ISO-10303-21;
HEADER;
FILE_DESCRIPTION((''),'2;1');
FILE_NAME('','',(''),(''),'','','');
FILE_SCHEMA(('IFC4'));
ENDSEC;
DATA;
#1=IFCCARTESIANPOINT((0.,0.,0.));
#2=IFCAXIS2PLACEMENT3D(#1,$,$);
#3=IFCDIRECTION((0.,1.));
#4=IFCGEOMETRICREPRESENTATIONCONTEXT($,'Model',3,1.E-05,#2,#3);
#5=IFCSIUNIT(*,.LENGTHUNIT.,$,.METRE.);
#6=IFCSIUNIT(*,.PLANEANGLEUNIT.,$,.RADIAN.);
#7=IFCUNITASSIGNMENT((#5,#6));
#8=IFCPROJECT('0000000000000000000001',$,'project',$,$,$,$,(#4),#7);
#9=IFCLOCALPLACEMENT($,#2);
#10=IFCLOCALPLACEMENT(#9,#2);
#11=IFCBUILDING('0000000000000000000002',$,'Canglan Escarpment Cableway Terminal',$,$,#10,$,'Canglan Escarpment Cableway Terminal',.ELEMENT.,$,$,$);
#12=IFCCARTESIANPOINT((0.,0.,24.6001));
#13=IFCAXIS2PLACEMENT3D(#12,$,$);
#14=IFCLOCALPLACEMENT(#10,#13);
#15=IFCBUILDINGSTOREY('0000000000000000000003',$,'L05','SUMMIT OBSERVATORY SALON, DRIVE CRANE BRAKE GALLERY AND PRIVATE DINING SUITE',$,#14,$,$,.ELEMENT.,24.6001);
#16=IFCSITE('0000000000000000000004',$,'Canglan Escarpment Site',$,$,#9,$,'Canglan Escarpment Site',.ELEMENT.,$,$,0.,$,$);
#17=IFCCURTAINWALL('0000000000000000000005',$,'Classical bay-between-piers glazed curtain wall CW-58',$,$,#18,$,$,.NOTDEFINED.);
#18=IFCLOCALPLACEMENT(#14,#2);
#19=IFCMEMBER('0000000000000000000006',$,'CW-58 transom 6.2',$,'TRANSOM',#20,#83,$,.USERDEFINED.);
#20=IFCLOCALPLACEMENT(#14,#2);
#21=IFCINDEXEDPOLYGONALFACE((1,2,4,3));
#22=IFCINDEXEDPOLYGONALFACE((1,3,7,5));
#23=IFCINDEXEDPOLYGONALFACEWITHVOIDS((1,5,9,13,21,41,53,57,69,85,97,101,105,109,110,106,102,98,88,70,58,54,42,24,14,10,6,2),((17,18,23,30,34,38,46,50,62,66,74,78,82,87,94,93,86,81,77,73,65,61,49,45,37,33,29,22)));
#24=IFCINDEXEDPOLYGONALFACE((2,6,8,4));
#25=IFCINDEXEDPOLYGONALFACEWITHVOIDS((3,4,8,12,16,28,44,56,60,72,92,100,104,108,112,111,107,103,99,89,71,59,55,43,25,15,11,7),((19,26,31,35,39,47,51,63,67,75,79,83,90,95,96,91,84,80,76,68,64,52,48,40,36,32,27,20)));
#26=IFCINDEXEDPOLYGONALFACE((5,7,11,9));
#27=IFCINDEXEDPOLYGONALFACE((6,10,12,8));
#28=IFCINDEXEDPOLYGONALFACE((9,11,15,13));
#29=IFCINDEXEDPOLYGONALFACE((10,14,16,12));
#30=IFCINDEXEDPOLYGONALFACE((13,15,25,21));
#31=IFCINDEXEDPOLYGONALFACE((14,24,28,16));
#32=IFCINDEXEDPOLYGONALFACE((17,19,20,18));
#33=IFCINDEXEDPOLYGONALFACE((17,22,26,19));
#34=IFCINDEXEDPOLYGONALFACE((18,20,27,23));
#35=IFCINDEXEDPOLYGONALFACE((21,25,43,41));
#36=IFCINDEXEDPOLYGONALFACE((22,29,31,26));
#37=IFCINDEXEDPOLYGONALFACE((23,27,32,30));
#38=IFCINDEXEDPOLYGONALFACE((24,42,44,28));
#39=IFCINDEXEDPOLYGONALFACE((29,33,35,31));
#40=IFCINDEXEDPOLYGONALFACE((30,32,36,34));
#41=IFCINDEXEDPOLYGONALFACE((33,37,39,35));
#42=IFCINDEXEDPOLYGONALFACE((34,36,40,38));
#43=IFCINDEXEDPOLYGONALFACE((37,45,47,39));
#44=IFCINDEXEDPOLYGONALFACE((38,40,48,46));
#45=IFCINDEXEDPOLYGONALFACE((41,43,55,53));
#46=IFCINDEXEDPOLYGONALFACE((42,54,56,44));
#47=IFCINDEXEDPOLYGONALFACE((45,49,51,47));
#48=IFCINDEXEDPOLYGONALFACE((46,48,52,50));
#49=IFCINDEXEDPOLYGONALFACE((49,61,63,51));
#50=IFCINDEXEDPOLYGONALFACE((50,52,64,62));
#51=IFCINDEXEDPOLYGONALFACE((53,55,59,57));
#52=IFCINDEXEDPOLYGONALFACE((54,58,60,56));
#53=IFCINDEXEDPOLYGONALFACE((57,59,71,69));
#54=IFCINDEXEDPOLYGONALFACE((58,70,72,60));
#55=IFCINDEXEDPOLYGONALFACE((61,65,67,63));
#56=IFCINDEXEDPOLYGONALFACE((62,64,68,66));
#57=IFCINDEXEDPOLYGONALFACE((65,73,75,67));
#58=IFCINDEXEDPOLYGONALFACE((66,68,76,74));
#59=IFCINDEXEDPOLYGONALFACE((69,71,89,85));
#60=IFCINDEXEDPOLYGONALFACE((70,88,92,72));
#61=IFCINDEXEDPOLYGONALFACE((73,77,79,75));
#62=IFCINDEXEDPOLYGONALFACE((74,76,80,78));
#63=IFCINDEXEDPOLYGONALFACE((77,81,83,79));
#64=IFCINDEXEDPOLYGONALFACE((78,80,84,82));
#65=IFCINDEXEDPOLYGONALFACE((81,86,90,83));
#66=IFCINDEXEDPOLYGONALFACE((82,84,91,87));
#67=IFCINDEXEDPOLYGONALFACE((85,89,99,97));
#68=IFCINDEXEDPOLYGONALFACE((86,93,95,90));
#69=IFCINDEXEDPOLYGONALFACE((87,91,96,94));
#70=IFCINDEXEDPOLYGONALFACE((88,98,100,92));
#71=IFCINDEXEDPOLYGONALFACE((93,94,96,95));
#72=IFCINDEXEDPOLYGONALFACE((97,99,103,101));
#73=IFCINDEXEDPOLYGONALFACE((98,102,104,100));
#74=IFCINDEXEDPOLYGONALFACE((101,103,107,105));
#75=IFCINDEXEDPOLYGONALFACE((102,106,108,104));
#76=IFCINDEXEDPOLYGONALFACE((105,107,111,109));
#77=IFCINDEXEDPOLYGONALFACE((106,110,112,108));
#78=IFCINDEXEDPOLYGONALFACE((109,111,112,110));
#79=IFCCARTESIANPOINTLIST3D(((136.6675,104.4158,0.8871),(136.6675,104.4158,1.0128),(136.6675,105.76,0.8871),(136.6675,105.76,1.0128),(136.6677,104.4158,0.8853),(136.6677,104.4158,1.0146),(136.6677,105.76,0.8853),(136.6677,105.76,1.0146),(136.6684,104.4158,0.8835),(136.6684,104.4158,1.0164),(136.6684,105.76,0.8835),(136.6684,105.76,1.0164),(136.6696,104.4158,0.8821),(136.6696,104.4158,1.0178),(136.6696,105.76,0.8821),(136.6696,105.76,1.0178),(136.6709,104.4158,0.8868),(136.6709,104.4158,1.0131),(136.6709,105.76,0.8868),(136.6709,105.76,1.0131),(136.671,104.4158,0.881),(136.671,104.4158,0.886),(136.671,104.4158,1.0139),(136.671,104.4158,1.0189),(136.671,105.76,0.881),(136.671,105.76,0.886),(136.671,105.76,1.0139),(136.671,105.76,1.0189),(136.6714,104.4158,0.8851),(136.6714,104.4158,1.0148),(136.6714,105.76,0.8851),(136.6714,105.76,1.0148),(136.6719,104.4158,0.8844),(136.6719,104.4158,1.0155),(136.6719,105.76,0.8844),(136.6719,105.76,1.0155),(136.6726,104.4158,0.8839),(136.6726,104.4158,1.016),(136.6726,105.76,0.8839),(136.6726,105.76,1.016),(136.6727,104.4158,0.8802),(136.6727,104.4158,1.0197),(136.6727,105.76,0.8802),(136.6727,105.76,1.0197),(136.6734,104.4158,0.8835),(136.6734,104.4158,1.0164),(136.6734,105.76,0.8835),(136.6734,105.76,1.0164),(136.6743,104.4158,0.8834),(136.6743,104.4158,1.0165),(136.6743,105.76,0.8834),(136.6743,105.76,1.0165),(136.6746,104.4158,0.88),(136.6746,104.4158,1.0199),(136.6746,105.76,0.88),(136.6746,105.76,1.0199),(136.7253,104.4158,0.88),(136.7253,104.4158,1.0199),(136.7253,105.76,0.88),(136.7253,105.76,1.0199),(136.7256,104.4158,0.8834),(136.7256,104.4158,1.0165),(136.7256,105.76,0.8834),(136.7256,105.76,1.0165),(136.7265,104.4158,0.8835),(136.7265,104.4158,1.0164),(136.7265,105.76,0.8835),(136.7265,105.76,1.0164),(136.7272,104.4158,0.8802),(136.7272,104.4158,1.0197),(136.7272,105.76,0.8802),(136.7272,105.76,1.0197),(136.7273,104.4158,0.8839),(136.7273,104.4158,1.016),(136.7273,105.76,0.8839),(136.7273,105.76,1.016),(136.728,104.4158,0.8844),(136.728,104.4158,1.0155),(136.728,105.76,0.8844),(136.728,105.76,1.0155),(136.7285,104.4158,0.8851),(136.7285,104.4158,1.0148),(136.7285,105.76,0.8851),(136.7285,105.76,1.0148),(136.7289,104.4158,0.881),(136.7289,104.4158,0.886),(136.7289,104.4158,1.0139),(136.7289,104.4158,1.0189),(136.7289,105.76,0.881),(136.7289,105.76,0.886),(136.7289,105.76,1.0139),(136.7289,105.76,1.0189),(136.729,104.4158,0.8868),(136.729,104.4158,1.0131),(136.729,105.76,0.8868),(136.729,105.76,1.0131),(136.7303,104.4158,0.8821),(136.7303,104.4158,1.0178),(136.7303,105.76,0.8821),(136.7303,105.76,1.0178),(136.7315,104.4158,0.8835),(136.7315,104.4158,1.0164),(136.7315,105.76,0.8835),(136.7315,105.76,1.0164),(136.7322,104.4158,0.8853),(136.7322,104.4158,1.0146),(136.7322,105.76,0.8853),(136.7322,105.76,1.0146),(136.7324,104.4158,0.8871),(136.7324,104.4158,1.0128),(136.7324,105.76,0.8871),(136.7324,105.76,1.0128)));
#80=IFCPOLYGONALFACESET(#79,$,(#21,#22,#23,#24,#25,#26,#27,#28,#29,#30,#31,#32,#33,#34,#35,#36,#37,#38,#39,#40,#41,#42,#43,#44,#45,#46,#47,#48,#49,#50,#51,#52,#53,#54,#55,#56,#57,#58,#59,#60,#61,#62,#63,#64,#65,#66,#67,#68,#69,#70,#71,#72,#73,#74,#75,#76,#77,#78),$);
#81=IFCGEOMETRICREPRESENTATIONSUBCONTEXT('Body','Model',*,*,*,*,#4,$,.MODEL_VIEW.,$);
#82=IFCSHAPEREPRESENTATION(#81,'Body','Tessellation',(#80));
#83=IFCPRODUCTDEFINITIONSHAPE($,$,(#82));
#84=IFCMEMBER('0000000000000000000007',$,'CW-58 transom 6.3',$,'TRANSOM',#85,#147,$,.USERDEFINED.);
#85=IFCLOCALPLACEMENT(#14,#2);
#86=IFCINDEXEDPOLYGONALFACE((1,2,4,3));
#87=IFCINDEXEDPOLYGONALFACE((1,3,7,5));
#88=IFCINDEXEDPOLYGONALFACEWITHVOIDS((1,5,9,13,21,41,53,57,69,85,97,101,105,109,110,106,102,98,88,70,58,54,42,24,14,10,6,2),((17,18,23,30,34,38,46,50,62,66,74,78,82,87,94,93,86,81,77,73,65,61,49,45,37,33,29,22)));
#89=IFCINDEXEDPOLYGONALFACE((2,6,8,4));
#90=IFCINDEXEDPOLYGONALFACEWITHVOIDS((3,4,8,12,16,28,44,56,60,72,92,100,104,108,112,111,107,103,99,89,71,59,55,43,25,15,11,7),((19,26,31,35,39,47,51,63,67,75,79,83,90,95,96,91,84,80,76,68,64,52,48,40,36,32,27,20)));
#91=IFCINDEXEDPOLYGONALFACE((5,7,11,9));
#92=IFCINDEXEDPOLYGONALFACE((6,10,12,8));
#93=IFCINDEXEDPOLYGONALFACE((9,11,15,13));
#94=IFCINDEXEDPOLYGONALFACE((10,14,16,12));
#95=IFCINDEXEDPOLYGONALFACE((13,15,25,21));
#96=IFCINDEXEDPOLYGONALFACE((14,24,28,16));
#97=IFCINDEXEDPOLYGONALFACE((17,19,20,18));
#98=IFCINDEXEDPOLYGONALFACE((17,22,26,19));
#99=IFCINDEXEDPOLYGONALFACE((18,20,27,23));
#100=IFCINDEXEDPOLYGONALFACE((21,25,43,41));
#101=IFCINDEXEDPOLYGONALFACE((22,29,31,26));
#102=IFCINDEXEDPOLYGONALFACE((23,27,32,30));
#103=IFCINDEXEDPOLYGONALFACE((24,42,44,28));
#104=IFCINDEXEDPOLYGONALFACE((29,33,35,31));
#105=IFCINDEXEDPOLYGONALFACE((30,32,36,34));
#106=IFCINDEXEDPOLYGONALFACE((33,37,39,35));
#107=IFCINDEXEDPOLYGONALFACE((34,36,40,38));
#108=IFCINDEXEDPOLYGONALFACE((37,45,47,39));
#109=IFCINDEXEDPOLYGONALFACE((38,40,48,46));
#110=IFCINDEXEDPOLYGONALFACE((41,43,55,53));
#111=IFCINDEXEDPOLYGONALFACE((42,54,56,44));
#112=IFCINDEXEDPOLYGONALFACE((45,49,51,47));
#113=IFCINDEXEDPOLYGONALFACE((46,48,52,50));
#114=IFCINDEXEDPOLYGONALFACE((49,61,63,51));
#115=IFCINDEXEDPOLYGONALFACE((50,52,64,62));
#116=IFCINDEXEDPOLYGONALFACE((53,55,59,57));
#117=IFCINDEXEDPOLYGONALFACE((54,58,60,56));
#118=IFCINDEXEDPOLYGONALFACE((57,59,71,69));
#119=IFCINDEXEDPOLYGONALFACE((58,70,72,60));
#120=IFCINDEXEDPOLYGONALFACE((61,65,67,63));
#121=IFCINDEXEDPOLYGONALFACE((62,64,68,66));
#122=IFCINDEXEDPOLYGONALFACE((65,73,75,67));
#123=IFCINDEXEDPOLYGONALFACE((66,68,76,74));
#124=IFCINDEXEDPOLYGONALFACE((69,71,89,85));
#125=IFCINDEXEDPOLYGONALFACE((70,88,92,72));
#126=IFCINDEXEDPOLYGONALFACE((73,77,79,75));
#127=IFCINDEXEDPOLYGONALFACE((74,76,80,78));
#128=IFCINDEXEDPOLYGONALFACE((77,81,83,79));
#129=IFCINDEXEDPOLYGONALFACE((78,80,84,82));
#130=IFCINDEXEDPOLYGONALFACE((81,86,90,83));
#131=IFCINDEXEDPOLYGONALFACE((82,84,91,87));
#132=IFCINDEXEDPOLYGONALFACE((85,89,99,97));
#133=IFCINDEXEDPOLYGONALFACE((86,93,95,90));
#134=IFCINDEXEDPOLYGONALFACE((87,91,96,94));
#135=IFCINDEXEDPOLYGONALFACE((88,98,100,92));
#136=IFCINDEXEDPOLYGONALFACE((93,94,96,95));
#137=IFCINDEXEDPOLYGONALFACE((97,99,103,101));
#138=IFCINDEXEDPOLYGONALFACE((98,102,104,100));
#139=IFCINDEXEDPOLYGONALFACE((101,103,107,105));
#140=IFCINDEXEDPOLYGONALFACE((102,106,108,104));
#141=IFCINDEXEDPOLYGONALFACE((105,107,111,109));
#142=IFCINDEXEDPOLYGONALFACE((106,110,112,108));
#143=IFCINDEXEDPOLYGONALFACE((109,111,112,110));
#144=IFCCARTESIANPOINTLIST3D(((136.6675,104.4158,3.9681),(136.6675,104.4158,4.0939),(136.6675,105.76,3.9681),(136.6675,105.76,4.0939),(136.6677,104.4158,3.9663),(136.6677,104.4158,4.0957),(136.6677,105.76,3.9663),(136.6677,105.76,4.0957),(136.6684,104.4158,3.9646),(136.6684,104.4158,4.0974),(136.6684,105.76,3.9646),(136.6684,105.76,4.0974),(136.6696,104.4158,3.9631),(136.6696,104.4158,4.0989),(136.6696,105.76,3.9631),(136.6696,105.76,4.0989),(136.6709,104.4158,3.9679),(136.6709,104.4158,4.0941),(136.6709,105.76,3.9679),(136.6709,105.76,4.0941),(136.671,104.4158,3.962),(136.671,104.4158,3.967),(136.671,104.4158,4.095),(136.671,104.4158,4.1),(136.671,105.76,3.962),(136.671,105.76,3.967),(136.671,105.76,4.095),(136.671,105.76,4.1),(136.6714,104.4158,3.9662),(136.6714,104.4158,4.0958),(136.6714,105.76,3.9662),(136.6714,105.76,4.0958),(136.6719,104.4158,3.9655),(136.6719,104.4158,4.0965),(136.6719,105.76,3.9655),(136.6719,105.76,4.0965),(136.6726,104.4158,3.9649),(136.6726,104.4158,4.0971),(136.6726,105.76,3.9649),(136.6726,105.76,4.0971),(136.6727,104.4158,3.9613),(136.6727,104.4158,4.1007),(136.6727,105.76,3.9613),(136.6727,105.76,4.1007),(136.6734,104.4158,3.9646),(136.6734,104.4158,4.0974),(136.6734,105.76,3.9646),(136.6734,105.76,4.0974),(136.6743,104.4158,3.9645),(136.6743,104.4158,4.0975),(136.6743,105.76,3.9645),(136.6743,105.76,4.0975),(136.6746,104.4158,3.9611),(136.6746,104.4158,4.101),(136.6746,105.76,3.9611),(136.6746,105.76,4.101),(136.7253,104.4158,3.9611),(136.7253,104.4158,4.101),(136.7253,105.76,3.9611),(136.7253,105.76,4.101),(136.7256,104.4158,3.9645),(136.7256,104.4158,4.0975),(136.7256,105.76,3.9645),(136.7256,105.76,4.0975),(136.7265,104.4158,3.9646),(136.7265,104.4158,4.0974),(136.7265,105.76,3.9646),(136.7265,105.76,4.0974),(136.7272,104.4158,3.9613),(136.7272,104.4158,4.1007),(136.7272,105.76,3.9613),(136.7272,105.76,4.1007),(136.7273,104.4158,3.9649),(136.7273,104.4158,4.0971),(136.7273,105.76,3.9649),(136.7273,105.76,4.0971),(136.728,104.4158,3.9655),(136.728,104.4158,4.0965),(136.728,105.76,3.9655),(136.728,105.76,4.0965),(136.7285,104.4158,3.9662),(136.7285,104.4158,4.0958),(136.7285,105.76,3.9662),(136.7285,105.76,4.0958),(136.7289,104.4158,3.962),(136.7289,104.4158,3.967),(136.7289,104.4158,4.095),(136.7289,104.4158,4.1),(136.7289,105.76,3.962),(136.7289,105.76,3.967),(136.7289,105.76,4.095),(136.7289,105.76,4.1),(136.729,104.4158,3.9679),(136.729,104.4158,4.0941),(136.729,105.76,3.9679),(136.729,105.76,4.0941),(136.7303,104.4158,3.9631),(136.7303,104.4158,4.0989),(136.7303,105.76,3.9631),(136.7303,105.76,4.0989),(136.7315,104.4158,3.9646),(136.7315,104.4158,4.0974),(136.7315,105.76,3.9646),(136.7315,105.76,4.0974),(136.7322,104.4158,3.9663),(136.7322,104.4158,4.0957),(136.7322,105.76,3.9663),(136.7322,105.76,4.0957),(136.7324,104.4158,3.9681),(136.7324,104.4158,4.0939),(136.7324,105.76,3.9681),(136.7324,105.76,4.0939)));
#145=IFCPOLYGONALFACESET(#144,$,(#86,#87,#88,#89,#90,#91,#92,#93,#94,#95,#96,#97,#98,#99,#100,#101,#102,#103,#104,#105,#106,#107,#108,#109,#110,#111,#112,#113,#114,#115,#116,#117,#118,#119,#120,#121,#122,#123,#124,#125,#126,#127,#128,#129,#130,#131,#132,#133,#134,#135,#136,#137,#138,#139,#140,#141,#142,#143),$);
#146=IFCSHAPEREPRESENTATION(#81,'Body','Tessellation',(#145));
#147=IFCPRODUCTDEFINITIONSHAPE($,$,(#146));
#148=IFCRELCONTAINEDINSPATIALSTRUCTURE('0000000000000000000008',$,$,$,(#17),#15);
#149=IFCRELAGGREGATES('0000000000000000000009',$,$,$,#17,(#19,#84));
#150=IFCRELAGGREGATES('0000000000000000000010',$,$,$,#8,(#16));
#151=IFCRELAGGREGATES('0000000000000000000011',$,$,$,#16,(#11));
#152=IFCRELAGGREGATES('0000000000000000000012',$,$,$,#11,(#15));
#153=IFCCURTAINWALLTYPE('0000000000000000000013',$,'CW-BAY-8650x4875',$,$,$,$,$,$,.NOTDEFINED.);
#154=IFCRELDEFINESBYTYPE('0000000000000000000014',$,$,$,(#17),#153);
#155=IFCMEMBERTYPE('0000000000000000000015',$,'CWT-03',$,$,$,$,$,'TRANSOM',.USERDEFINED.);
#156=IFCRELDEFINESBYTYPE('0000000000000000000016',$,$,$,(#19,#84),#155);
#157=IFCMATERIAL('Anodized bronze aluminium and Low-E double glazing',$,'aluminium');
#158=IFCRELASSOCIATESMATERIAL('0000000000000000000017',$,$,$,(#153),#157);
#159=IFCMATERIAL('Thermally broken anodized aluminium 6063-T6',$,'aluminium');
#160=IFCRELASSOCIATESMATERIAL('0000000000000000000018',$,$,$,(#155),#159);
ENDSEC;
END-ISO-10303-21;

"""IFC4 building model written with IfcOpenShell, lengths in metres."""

from ifc_helpers import new_model, si_unit, direction, frame, origin, origin_2d, place, context, subcontext, project, spatial, hollow_rectangle, extrude, material, material_profile, profile_set, type_object, element, aggregate, save


model = new_model("IFC4")

# Units and contexts
model_context = context("Model", 3, precision=1e-05, world=origin(), true_north=direction((0.0, 1.0)))
body_context = subcontext(model_context, "Body", "Model", "MODEL_VIEW")
ifc_project = project(units=[si_unit("LENGTHUNIT", "METRE"), si_unit("PLANEANGLEUNIT", "RADIAN")], contexts=[model_context])

# Site, building, storey
site_placement = place(None, origin())
site = spatial("IfcSite", under=ifc_project, at=site_placement, Name="Canglan Escarpment Site", LongName="Canglan Escarpment Site", CompositionType="ELEMENT", RefElevation=0.0)
building_placement = place(site_placement, origin())
building = spatial("IfcBuilding", under=site, at=building_placement, Name="Canglan Escarpment Cableway Terminal", LongName="Canglan Escarpment Cableway Terminal", CompositionType="ELEMENT")
storey_placement = place(building_placement, frame((0.0, 0.0, 24.6001)))
storey = spatial("IfcBuildingStorey", under=building, at=storey_placement, Name="L05", Description="SUMMIT OBSERVATORY SALON, DRIVE CRANE BRAKE GALLERY AND PRIVATE DINING SUITE", CompositionType="ELEMENT", Elevation=24.6001)

# Curtain wall, members
ifc_material_1 = material(Name="Anodized bronze aluminium and Low-E double glazing", Category="aluminium")
curtain_wall_type = type_object("IfcCurtainWallType", Name="CW-BAY-8650x4875", PredefinedType="NOTDEFINED", material=ifc_material_1)
curtain_wall_placement = place(storey_placement, origin())
curtain_wall = element("IfcCurtainWall", 1, at=curtain_wall_placement, inside=storey, type_object=curtain_wall_type, Name="Classical bay-between-piers glazed curtain wall CW-58", PredefinedType="NOTDEFINED")
ifc_material_2 = material(Name="Thermally broken anodized aluminium 6063-T6", Category="aluminium")
ifc_material_profile_1 = material_profile(ifc_material_2, hollow_rectangle(XDim=0.0649, YDim=0.1399, WallThickness=0.0034, InnerFilletRadius=0.0034, OuterFilletRadius=0.0071, at=origin_2d()), Name="ALU-TRAN 65x140x3.5")
ifc_profile_set_1 = profile_set([ifc_material_profile_1], Name="Thermally broken anodized aluminium 6063-T6")
member_type_1 = type_object("IfcMemberType", Name="CWT-03", ElementType="TRANSOM", PredefinedType="USERDEFINED", material=ifc_profile_set_1)
member_1_placement = place(storey_placement, frame((136.7, 104.4158, 0.95), z_axis=(0.0, 1.0, 0.0), x_axis=(-1.0, 0.0, 0.0)))
member_1 = element("IfcMember", 2, at=member_1_placement, type_object=member_type_1, Name="CW-58 transom 6.2", ObjectType="TRANSOM", PredefinedType="USERDEFINED", context=body_context, shape_type="SweptSolid", body=[
    extrude(hollow_rectangle(XDim=0.0649, YDim=0.1399, WallThickness=0.0034, InnerFilletRadius=0.0034, OuterFilletRadius=0.0071, at=origin_2d()), origin(), (0.0, 0.0, 1.0), 1.3442),
])
member_2_placement = place(storey_placement, frame((136.7, 104.4158, 4.031), z_axis=(0.0, 1.0, 0.0), x_axis=(-1.0, 0.0, 0.0)))
member_2 = element("IfcMember", 3, at=member_2_placement, type_object=member_type_1, Name="CW-58 transom 6.3", ObjectType="TRANSOM", PredefinedType="USERDEFINED", context=body_context, shape_type="SweptSolid", body=[
    extrude(hollow_rectangle(XDim=0.0649, YDim=0.1399, WallThickness=0.0034, InnerFilletRadius=0.0034, OuterFilletRadius=0.0071, at=origin_2d()), origin(), (0.0, 0.0, 1.0), 1.3442),
])
aggregate(curtain_wall, [member_1, member_2])

save(model, "model.ifc")
